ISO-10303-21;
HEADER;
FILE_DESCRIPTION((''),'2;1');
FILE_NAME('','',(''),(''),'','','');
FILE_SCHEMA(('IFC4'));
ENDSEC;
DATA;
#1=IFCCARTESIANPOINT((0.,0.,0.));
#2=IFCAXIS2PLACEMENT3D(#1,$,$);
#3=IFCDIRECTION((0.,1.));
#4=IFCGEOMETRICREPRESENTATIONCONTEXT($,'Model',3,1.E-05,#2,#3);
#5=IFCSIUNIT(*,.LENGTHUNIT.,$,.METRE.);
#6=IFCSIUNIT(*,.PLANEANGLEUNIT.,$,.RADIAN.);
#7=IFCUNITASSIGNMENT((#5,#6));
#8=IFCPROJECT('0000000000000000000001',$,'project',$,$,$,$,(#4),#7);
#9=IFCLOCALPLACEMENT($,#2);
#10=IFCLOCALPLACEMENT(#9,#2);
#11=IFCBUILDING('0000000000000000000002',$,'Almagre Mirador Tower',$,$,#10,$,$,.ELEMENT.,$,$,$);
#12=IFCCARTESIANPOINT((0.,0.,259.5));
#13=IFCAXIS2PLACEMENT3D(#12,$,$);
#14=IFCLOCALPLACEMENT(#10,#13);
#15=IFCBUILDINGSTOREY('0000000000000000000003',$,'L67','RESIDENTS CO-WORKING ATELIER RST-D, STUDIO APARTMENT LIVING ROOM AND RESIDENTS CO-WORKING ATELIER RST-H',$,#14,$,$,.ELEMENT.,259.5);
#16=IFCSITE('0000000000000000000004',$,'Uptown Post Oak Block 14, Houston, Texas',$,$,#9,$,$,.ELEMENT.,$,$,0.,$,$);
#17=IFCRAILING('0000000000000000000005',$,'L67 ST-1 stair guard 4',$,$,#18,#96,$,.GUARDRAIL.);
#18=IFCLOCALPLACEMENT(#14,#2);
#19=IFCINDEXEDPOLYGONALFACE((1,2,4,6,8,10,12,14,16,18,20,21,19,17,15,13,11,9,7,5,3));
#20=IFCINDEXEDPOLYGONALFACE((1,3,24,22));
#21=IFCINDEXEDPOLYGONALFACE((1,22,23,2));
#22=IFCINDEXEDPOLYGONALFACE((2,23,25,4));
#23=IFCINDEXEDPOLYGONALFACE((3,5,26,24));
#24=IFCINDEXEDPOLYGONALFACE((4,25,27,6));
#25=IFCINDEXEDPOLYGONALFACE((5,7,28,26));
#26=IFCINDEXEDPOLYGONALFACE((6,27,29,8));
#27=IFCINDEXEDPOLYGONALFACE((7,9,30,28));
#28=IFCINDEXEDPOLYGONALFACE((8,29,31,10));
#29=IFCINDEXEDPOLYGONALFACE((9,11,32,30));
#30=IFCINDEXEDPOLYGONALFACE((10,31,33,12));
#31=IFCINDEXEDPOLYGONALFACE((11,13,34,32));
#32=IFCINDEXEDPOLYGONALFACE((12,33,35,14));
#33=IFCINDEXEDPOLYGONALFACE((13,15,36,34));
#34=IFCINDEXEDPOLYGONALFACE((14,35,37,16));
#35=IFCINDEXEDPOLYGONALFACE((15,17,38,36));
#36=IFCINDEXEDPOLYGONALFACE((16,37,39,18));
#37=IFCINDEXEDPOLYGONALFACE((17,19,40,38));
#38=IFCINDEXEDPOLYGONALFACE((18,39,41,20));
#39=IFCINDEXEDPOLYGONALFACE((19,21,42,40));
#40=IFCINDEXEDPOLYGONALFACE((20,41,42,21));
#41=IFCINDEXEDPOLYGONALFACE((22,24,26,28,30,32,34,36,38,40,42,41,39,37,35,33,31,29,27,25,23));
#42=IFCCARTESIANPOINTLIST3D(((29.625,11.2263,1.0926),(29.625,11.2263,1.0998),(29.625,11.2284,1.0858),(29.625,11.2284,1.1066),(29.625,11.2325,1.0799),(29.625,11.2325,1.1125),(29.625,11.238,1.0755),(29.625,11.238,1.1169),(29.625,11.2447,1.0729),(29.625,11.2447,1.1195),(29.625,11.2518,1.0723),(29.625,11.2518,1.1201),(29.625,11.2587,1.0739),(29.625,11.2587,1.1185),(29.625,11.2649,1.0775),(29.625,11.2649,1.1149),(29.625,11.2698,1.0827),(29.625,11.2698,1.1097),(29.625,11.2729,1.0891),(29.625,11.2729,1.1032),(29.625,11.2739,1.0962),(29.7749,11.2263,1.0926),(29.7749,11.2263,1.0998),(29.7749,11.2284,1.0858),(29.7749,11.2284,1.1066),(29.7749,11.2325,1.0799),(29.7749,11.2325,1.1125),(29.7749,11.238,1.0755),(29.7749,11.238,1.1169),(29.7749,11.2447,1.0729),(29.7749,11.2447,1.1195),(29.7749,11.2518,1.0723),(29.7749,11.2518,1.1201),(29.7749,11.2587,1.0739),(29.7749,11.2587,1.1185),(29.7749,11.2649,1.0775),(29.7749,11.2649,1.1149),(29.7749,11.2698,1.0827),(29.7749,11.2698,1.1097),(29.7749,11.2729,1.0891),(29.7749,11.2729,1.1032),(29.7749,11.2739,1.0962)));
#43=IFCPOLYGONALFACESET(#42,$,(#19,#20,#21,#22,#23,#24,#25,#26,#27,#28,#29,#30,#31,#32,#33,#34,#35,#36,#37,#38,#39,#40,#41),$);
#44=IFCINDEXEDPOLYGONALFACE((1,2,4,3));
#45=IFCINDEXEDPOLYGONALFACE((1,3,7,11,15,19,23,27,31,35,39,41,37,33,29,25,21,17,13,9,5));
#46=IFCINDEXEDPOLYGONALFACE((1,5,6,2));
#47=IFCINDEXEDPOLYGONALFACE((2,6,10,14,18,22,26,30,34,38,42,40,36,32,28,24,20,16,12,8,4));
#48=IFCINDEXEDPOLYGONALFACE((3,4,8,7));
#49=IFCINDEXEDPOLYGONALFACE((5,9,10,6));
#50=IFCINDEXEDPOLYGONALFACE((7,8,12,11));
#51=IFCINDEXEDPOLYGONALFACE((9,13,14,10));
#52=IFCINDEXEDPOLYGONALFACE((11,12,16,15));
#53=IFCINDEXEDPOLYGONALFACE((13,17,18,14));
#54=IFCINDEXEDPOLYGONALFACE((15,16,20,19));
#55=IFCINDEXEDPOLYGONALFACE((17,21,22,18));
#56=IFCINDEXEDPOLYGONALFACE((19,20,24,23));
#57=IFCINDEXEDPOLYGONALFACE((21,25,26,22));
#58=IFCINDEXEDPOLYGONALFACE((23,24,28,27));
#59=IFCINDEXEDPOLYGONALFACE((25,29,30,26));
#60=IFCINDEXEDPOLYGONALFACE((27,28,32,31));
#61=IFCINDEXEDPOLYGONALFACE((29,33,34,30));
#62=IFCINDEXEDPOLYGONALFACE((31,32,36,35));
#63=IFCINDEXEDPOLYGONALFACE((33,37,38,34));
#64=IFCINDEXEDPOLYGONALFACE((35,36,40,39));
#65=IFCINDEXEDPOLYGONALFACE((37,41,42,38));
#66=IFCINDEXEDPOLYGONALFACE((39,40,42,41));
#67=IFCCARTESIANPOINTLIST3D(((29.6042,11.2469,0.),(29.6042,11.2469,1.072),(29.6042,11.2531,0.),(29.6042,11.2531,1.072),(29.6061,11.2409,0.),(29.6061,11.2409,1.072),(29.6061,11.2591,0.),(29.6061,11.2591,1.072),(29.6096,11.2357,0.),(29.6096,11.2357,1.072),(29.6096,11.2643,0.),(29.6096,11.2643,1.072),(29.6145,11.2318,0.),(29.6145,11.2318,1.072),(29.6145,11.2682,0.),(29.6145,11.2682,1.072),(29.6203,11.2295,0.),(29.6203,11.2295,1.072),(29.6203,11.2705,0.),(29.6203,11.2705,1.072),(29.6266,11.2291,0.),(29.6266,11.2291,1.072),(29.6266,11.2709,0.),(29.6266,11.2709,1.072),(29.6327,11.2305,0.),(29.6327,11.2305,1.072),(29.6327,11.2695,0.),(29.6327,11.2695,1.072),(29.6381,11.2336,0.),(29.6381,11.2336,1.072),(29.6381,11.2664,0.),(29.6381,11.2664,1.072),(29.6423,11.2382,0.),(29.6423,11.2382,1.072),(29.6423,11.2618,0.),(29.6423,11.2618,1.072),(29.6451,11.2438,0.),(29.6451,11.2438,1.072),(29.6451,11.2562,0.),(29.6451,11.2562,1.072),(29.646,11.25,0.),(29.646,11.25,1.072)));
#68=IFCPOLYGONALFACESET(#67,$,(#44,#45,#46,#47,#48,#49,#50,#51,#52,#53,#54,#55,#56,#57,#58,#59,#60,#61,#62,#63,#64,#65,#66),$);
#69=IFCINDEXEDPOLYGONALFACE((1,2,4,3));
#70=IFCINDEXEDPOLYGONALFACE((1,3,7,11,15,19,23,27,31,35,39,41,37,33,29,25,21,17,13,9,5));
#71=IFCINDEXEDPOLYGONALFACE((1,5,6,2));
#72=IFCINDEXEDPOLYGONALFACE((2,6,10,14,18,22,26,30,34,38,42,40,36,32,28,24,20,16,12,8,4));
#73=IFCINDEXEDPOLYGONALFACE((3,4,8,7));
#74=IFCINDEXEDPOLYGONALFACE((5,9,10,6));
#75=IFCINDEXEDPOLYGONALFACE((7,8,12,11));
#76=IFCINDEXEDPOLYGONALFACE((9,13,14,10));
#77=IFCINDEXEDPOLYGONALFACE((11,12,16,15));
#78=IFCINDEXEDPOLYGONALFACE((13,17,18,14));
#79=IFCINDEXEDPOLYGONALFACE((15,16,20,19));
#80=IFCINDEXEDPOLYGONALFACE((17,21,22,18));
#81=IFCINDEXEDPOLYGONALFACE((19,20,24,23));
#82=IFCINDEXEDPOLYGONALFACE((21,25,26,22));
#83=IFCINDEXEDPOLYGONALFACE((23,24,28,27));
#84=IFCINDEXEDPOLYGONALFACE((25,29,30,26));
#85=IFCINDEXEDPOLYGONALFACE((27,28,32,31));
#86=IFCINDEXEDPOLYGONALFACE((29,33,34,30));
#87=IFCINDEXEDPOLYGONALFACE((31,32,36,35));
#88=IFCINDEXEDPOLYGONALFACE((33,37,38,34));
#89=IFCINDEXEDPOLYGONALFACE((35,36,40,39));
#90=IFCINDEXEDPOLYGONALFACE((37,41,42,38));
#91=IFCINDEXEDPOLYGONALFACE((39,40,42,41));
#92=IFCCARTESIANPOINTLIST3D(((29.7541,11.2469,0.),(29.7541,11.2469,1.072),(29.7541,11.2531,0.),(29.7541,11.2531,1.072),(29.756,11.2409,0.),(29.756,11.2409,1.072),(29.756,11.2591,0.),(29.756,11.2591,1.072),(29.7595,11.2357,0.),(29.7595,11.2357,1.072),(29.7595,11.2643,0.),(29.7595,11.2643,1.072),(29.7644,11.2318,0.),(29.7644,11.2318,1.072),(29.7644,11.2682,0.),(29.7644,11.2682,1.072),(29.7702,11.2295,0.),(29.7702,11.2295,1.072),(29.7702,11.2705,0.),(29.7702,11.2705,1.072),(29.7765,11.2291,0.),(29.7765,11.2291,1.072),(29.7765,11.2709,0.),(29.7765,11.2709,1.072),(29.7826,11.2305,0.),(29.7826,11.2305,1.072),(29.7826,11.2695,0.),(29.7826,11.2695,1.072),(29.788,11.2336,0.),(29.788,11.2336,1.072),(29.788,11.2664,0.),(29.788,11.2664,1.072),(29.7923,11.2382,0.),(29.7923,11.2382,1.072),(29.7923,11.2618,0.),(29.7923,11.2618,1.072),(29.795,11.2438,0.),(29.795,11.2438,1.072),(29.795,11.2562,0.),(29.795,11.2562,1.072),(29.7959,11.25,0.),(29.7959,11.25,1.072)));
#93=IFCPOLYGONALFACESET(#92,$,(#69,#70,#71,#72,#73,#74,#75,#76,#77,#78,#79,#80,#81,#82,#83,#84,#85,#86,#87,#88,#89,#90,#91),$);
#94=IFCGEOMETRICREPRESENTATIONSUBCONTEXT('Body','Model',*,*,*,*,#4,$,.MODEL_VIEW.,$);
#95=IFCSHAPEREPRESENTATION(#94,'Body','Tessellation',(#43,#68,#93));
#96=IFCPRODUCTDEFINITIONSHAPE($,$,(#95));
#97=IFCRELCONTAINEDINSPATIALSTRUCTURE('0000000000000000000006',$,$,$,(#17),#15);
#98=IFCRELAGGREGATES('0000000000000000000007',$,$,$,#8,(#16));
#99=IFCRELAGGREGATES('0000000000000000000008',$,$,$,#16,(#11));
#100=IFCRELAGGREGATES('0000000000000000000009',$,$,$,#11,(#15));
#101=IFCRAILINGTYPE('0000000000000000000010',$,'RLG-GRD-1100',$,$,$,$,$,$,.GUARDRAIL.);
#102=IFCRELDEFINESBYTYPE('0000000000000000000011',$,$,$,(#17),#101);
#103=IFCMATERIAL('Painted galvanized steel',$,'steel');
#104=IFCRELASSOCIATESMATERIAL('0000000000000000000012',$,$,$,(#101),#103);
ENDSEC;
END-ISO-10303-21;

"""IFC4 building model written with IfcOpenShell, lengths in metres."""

from ifc_helpers import new_model, si_unit, direction, frame, origin, origin_2d, place, context, subcontext, project, spatial, circle, extrude, material, type_object, element, save


model = new_model("IFC4")

# Units and contexts
model_context = context("Model", 3, precision=1e-05, world=origin(), true_north=direction((0.0, 1.0)))
body_context = subcontext(model_context, "Body", "Model", "MODEL_VIEW")
ifc_project = project(units=[si_unit("LENGTHUNIT", "METRE"), si_unit("PLANEANGLEUNIT", "RADIAN")], contexts=[model_context])

# Site, building, storey
site_placement = place(None, origin())
site = spatial("IfcSite", under=ifc_project, at=site_placement, Name="Uptown Post Oak Block 14, Houston, Texas", CompositionType="ELEMENT", RefElevation=0.0)
building_placement = place(site_placement, origin())
building = spatial("IfcBuilding", under=site, at=building_placement, Name="Almagre Mirador Tower", CompositionType="ELEMENT")
storey_placement = place(building_placement, frame((0.0, 0.0, 259.5)))
storey = spatial("IfcBuildingStorey", under=building, at=storey_placement, Name="L67", Description="RESIDENTS CO-WORKING ATELIER RST-D, STUDIO APARTMENT LIVING ROOM AND RESIDENTS CO-WORKING ATELIER RST-H", CompositionType="ELEMENT", Elevation=259.5)

# Railing
ifc_material_1 = material(Name="Painted galvanized steel", Category="steel")
railing_type_1 = type_object("IfcRailingType", Name="RLG-GRD-1100", PredefinedType="GUARDRAIL", material=ifc_material_1)
railing_1_placement = place(storey_placement, frame((29.625, 11.25, 0.0)))
element("IfcRailing", 1, at=railing_1_placement, inside=storey, type_object=railing_type_1, Name="L67 ST-1 stair guard 4", PredefinedType="GUARDRAIL", context=body_context, shape_type="SweptSolid", body=[
    extrude(circle(Radius=0.0239, at=origin_2d()), frame((0.0, 0.0, 1.0962), z_axis=(1.0, 0.0, 0.0), x_axis=(0.0, 1.0, 0.0)), (0.0, 0.0, 1.0), 0.1499),
    extrude(circle(Radius=0.021, at=origin_2d()), origin(), (0.0, 0.0, 1.0), 1.072),
    extrude(circle(Radius=0.021, at=origin_2d()), frame((0.1499, 0.0, 0.0)), (0.0, 0.0, 1.0), 1.072),
])

save(model, "model.ifc")
